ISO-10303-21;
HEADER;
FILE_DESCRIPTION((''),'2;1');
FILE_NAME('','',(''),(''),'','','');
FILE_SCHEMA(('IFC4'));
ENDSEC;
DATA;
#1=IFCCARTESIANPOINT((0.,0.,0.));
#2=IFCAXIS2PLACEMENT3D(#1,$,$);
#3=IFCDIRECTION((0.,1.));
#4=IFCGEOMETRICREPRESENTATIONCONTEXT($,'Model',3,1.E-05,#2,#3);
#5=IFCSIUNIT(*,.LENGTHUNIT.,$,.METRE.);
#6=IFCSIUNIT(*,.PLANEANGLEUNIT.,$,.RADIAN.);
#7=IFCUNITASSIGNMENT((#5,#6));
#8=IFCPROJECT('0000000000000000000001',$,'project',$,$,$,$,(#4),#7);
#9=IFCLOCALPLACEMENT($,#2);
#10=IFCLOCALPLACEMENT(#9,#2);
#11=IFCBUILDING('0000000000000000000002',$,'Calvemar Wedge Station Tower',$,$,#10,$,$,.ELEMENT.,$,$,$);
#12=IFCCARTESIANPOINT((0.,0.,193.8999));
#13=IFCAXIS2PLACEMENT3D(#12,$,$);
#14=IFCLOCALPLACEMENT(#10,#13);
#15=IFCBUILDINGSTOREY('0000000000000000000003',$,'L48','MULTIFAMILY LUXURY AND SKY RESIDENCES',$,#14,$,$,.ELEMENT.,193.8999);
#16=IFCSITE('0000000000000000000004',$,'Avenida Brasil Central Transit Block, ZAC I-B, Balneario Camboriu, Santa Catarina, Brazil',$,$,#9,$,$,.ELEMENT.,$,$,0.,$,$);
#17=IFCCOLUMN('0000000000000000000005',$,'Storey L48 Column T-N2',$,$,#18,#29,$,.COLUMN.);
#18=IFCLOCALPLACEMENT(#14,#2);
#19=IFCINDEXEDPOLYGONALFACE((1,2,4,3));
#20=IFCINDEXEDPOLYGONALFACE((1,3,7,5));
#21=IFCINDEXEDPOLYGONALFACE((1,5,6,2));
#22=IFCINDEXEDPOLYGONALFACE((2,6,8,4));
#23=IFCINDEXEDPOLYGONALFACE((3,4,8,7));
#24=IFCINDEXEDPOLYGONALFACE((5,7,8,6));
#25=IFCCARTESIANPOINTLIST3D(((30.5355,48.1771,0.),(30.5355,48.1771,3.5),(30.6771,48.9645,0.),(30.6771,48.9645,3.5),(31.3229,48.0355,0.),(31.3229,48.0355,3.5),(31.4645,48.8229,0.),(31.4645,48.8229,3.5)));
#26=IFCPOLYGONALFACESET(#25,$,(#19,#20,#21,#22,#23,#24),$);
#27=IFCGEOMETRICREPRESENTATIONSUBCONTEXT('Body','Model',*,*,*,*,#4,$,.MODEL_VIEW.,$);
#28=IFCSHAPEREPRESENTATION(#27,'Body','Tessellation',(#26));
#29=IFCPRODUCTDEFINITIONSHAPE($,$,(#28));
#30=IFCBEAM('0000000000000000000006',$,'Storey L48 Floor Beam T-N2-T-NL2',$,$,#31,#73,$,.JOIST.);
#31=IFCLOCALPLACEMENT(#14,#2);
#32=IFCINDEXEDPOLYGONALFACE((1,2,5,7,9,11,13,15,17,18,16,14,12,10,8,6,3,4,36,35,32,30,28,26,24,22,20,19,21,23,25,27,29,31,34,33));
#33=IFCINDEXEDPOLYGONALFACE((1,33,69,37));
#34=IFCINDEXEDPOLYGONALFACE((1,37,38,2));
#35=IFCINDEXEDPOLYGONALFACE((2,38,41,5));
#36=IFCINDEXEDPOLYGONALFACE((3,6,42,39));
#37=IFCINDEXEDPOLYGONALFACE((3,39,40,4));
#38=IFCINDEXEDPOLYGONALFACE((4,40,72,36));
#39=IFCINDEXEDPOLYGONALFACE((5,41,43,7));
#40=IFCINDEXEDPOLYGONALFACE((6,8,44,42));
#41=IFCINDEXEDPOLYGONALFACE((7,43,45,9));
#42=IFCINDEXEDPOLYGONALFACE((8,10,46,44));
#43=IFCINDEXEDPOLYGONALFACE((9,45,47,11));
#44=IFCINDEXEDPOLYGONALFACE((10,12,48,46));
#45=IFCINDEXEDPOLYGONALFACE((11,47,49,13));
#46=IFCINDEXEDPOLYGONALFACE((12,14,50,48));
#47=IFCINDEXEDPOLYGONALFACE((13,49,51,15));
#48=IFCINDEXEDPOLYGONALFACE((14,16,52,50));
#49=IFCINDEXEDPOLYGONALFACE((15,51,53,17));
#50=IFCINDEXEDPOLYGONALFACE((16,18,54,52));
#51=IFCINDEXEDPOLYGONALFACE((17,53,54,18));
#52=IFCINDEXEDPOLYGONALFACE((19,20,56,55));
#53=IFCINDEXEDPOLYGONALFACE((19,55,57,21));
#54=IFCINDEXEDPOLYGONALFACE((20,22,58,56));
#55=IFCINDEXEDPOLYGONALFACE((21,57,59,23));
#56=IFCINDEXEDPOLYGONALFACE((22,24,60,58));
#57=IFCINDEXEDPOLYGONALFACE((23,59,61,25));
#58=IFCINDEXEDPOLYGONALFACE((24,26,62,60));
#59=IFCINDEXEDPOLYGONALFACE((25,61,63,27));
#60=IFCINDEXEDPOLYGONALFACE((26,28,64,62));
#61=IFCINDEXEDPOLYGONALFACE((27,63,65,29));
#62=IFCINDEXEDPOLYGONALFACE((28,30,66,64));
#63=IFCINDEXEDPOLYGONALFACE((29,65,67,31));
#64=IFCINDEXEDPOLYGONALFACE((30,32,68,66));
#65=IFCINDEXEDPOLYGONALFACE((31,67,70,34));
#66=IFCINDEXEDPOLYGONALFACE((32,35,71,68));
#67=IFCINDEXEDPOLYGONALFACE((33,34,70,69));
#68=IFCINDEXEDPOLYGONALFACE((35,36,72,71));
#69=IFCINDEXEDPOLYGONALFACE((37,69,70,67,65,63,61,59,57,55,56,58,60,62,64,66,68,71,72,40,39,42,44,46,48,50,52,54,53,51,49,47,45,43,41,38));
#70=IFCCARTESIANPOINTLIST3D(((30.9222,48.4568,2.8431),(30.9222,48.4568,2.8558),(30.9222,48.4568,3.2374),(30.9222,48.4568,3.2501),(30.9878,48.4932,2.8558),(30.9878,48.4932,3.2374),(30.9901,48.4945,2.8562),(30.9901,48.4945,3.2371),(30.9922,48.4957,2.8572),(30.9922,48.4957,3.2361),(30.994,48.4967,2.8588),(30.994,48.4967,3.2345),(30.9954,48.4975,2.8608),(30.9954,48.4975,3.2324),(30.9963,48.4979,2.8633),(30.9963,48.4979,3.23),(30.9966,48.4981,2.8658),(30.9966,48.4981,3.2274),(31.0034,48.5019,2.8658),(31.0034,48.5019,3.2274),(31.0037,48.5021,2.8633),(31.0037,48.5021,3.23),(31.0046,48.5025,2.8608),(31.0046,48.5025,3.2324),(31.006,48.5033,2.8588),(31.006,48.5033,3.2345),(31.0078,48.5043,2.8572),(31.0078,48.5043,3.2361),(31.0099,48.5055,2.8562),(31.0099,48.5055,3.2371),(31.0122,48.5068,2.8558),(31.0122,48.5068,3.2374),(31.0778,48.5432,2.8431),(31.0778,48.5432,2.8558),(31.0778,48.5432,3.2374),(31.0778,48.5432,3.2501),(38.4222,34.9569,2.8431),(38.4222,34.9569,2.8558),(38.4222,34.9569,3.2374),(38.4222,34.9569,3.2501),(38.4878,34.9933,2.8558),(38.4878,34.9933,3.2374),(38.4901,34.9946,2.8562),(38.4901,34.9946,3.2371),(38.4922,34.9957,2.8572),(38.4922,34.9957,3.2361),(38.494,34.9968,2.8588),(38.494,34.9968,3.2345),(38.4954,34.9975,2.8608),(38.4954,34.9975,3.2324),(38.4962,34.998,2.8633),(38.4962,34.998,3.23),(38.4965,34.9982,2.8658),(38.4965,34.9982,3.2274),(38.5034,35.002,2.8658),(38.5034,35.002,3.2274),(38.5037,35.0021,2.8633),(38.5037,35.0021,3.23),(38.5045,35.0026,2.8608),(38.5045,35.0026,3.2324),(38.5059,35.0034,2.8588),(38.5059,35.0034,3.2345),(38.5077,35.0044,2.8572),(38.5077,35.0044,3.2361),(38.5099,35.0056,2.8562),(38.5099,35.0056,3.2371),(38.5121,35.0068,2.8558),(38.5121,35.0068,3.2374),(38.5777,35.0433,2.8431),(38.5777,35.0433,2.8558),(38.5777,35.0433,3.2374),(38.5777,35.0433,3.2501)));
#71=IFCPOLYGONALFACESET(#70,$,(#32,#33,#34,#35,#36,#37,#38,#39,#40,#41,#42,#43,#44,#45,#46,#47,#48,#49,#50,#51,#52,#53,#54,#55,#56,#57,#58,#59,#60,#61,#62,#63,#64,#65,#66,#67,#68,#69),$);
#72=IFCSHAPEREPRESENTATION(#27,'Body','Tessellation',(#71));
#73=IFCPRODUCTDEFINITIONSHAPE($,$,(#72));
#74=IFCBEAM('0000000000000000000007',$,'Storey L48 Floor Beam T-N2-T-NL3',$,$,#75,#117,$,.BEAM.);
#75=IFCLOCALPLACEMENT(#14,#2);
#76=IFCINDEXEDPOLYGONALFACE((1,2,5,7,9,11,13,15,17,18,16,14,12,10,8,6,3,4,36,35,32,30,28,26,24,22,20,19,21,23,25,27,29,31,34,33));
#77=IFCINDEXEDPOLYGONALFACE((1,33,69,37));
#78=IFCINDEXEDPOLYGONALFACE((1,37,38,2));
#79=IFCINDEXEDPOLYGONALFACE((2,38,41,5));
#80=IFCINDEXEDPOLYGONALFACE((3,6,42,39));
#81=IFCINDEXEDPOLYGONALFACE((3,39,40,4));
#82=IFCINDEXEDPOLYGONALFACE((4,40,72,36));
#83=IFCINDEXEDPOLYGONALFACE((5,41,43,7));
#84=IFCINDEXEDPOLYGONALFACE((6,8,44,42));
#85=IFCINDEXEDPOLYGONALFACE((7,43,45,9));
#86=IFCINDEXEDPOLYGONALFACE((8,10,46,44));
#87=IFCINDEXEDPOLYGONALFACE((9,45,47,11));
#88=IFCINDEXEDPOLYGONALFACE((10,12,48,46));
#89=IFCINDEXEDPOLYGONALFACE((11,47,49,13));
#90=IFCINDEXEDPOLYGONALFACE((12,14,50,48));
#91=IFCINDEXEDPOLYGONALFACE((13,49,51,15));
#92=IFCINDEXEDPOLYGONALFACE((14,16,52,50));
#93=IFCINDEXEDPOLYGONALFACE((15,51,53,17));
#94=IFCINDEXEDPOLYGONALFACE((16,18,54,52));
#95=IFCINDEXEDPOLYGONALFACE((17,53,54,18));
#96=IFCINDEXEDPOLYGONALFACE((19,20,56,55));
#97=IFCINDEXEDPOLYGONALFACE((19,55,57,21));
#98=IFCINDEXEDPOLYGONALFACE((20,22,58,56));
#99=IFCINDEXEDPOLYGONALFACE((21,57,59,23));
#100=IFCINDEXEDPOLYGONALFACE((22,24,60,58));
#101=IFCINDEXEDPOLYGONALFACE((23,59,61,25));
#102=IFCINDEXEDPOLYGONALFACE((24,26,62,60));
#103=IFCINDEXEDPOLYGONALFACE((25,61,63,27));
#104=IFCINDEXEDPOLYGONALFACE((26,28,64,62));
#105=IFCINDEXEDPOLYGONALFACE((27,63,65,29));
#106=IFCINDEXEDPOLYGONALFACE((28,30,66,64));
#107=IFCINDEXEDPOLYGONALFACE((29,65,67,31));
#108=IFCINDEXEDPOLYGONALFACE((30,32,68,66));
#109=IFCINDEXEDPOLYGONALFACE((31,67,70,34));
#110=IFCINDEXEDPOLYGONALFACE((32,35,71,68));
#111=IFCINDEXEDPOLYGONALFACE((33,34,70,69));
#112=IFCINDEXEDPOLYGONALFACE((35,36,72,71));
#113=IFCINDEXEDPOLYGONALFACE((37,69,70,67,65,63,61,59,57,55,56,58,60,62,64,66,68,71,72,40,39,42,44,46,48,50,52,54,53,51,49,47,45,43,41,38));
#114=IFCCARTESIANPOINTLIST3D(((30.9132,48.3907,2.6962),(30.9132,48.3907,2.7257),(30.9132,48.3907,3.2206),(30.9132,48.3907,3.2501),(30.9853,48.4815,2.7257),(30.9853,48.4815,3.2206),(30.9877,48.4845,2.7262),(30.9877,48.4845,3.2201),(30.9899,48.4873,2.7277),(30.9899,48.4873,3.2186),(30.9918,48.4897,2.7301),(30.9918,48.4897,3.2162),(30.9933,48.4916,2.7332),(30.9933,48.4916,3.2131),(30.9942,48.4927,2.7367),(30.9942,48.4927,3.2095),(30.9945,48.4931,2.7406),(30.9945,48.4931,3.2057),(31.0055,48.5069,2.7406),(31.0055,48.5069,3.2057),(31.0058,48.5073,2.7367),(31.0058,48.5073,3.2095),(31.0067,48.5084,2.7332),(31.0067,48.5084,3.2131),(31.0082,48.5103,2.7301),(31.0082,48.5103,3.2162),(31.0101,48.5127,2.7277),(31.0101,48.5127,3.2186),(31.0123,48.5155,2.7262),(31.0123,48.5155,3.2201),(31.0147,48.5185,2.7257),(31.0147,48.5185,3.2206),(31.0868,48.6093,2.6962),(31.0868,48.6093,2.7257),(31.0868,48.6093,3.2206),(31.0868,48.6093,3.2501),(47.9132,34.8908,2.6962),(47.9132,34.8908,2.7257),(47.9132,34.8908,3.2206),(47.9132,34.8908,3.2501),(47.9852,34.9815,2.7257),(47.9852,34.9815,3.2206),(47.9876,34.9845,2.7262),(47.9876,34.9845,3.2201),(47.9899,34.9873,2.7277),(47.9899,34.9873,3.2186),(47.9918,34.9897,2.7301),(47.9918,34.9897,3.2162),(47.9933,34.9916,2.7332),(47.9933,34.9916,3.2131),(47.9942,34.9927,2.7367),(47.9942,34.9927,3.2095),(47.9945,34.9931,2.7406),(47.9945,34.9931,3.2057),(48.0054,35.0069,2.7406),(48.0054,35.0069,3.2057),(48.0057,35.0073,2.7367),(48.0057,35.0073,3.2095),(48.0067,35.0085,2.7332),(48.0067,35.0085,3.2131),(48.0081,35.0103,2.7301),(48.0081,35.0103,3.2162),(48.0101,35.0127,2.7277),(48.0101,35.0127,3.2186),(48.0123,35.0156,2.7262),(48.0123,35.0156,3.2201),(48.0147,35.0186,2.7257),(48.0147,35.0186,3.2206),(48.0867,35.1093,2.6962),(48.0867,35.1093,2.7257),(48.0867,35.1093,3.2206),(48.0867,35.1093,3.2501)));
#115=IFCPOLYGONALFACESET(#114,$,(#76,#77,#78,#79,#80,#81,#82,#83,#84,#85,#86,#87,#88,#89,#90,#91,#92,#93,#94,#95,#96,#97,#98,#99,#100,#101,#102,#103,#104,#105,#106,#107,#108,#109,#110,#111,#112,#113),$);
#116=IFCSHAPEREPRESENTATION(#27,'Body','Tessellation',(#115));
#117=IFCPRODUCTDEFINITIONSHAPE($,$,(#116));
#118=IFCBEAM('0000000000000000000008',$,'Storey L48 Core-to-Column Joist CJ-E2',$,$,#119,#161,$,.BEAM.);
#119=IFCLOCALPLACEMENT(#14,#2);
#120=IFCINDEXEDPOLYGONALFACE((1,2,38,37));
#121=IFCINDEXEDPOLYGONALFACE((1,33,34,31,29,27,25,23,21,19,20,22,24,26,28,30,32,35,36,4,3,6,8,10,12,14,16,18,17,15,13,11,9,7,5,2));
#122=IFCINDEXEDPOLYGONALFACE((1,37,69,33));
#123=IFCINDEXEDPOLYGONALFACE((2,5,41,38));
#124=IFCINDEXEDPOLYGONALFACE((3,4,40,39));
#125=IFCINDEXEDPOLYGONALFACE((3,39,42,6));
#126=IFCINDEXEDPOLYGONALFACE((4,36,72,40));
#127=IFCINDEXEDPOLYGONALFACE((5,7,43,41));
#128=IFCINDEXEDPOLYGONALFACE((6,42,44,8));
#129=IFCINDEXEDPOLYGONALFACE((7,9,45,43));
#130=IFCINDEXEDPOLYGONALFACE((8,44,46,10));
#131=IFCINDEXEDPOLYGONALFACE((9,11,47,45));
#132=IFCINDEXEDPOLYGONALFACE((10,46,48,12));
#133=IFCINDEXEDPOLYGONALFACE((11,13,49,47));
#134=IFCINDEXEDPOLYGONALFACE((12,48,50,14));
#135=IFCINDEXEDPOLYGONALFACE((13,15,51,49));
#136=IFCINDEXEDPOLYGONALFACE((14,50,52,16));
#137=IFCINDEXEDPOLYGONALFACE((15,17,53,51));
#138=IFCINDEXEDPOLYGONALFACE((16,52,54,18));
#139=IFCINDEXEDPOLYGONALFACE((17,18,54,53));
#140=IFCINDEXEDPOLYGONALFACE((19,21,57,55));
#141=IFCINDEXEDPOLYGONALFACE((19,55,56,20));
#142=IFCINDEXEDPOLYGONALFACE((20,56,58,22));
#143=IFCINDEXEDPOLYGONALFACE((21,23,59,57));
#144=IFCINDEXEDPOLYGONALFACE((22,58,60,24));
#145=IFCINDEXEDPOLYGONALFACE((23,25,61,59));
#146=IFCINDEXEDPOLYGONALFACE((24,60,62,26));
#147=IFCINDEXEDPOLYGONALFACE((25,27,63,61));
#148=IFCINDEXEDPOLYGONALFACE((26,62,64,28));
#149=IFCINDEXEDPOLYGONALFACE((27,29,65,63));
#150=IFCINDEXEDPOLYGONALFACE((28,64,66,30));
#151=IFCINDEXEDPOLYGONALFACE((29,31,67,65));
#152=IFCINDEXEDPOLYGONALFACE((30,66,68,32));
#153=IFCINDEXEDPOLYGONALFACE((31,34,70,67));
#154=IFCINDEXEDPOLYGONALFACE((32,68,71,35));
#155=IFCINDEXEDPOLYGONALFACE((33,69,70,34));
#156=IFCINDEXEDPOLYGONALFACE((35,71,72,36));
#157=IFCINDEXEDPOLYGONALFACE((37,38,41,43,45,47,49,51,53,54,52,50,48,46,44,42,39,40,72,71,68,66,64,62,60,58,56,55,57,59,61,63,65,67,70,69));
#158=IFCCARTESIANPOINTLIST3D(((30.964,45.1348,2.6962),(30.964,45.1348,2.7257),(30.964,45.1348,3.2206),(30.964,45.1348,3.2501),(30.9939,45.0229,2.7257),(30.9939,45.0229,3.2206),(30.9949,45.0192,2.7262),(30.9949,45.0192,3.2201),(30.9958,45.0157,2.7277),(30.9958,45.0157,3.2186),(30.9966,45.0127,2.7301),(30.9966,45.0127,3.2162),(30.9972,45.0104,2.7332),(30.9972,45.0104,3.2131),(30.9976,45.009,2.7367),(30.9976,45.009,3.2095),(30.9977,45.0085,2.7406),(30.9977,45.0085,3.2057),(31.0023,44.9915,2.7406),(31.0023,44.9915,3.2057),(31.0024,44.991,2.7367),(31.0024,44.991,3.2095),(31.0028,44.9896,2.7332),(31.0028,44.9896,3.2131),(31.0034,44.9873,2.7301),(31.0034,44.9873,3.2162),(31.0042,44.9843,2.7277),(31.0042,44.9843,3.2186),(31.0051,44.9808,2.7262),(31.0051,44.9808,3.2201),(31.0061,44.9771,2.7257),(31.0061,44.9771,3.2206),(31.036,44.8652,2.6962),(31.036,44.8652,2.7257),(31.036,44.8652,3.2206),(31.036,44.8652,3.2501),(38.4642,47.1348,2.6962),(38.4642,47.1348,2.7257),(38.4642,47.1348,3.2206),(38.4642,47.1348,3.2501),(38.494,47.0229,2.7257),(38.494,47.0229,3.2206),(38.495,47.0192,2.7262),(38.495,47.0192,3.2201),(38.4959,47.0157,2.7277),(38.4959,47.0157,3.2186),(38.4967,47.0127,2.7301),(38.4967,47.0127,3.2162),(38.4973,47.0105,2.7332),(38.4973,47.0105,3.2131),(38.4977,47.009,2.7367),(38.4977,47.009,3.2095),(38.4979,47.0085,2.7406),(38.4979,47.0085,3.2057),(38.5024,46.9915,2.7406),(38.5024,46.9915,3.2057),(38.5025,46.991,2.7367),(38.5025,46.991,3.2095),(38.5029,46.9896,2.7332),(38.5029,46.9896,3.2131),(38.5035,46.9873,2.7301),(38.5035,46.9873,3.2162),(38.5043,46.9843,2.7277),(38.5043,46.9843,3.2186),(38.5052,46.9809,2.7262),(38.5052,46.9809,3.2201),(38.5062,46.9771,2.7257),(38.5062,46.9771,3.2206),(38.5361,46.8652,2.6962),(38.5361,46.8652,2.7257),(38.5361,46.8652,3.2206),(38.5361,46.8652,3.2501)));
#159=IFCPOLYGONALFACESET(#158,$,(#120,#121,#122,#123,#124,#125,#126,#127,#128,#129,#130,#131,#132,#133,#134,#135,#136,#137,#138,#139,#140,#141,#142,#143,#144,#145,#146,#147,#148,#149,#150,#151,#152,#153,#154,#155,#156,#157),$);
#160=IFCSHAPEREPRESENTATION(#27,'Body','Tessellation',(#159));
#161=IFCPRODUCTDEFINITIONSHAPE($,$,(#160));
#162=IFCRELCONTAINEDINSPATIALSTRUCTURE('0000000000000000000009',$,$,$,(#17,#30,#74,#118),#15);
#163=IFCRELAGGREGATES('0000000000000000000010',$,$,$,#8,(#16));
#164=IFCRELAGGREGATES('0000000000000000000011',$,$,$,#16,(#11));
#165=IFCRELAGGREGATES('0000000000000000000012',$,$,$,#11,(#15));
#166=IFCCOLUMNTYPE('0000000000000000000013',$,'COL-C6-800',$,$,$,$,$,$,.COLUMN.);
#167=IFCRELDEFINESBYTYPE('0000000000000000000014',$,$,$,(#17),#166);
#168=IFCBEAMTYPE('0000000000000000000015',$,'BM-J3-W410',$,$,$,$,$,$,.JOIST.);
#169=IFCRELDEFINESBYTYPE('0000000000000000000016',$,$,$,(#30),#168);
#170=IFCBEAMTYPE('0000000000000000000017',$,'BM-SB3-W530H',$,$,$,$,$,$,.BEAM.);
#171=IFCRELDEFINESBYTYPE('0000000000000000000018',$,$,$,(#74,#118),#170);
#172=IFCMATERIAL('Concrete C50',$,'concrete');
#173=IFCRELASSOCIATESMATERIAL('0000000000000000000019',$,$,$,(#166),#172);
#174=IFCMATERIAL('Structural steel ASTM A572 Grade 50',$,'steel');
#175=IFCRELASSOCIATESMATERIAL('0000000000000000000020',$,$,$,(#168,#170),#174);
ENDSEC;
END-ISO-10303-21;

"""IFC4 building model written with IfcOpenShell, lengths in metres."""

from ifc_helpers import new_model, si_unit, direction, frame, origin, origin_2d, place, context, subcontext, project, spatial, rectangle, i_section, extrude, source, transform, mapped, material, material_profile, profile_set, type_object, element, save


model = new_model("IFC4")

# Units and contexts
model_context = context("Model", 3, precision=1e-05, world=origin(), true_north=direction((0.0, 1.0)))
body_context = subcontext(model_context, "Body", "Model", "MODEL_VIEW")
ifc_project = project(units=[si_unit("LENGTHUNIT", "METRE"), si_unit("PLANEANGLEUNIT", "RADIAN")], contexts=[model_context])

# Site, building, storey
site_placement = place(None, origin())
site = spatial("IfcSite", under=ifc_project, at=site_placement, Name="Avenida Brasil Central Transit Block, ZAC I-B, Balneario Camboriu, Santa Catarina, Brazil", CompositionType="ELEMENT", RefElevation=0.0)
building_placement = place(site_placement, origin())
building = spatial("IfcBuilding", under=site, at=building_placement, Name="Calvemar Wedge Station Tower", CompositionType="ELEMENT")
storey_placement = place(building_placement, frame((0.0, 0.0, 193.8999)))
storey = spatial("IfcBuildingStorey", under=building, at=storey_placement, Name="L48", Description="MULTIFAMILY LUXURY AND SKY RESIDENCES", CompositionType="ELEMENT", Elevation=193.8999)

# Column
ifc_material_1 = material(Name="Concrete C50", Category="concrete")
ifc_material_profile_1 = material_profile(ifc_material_1, rectangle(XDim=0.8, YDim=0.8, at=origin_2d()), Name="RC800x800")
ifc_profile_set_1 = profile_set([ifc_material_profile_1], Name="Concrete C50")
column_type = type_object("IfcColumnType", Name="COL-C6-800", PredefinedType="COLUMN", material=ifc_profile_set_1)
shared_shape_1 = source(origin(), body_context, "Body", "SweptSolid", [
    extrude(rectangle(XDim=0.8, YDim=0.8, at=origin_2d()), origin(), (0.0, 0.0, 1.0), 3.5),
])
column_placement = place(storey_placement, frame((31.0, 48.5, 0.0), z_axis=(0.0, 0.0, 1.0), x_axis=(0.984196, -0.177085, 0.0)))
element("IfcColumn", 1, at=column_placement, inside=storey, type_object=column_type, Name="Storey L48 Column T-N2", PredefinedType="COLUMN", context=body_context, shape_type="MappedRepresentation", body=[
    mapped(shared_shape_1, transform((0.0, 0.0, 0.0), scale=1.0)),
])

# Beams
ifc_material_2 = material(Name="Structural steel ASTM A572 Grade 50", Category="steel")
ifc_material_profile_2 = material_profile(ifc_material_2, i_section(OverallWidth=0.178, OverallDepth=0.407, WebThickness=0.0078, FlangeThickness=0.0127, FilletRadius=0.01, at=origin_2d()), Name="W410x60")
ifc_profile_set_2 = profile_set([ifc_material_profile_2], Name="Structural steel ASTM A572 Grade 50")
beam_type_1 = type_object("IfcBeamType", Name="BM-J3-W410", PredefinedType="JOIST", material=ifc_profile_set_2)
shared_shape_2 = source(origin(), body_context, "Body", "SweptSolid", [
    extrude(i_section(OverallWidth=0.178, OverallDepth=0.407, WebThickness=0.0078, FlangeThickness=0.0127, FilletRadius=0.01, at=origin_2d()), origin(), (0.0, 0.0, 1.0), 15.4434),
])
beam_1_placement = place(storey_placement, frame((31.0, 48.5, 3.0466), z_axis=(0.485643, -0.874157, 0.0), x_axis=(0.874157, 0.485643, 0.0)))
element("IfcBeam", 2, at=beam_1_placement, inside=storey, type_object=beam_type_1, Name="Storey L48 Floor Beam T-N2-T-NL2", PredefinedType="JOIST", context=body_context, shape_type="MappedRepresentation", body=[
    mapped(shared_shape_2, transform((0.0, 0.0, 0.0), scale=1.0)),
])
ifc_material_profile_3 = material_profile(ifc_material_2, i_section(OverallWidth=0.2791, OverallDepth=0.554, WebThickness=0.0176, FlangeThickness=0.0295, FilletRadius=0.0149, at=origin_2d()), Name="W530x196")
ifc_profile_set_3 = profile_set([ifc_material_profile_3], Name="Structural steel ASTM A572 Grade 50")
beam_type_2 = type_object("IfcBeamType", Name="BM-SB3-W530H", PredefinedType="BEAM", material=ifc_profile_set_3)
shared_shape_3 = source(origin(), body_context, "Body", "SweptSolid", [
    extrude(i_section(OverallWidth=0.2791, OverallDepth=0.554, WebThickness=0.0176, FlangeThickness=0.0295, FilletRadius=0.0149, at=origin_2d()), origin(), (0.0, 0.0, 1.0), 21.7083),
])
beam_2_placement = place(storey_placement, frame((31.0, 48.5, 2.9731), z_axis=(0.783111, -0.621882, 0.0), x_axis=(0.621882, 0.783111, 0.0)))
element("IfcBeam", 3, at=beam_2_placement, inside=storey, type_object=beam_type_2, Name="Storey L48 Floor Beam T-N2-T-NL3", PredefinedType="BEAM", context=body_context, shape_type="MappedRepresentation", body=[
    mapped(shared_shape_3, transform((0.0, 0.0, 0.0), scale=1.0)),
])
shared_shape_4 = source(origin(), body_context, "Body", "SweptSolid", [
    extrude(i_section(OverallWidth=0.2791, OverallDepth=0.554, WebThickness=0.0176, FlangeThickness=0.0295, FilletRadius=0.0149, at=origin_2d()), origin(), (0.0, 0.0, 1.0), 7.7622),
])
beam_3_placement = place(storey_placement, frame((31.0, 45.0, 2.9731), z_axis=(0.966235, 0.257663, 0.0), x_axis=(-0.257663, 0.966235, 0.0)))
element("IfcBeam", 4, at=beam_3_placement, inside=storey, type_object=beam_type_2, Name="Storey L48 Core-to-Column Joist CJ-E2", PredefinedType="BEAM", context=body_context, shape_type="MappedRepresentation", body=[
    mapped(shared_shape_4, transform((0.0, 0.0, 0.0), scale=1.0)),
])

save(model, "model.ifc")
